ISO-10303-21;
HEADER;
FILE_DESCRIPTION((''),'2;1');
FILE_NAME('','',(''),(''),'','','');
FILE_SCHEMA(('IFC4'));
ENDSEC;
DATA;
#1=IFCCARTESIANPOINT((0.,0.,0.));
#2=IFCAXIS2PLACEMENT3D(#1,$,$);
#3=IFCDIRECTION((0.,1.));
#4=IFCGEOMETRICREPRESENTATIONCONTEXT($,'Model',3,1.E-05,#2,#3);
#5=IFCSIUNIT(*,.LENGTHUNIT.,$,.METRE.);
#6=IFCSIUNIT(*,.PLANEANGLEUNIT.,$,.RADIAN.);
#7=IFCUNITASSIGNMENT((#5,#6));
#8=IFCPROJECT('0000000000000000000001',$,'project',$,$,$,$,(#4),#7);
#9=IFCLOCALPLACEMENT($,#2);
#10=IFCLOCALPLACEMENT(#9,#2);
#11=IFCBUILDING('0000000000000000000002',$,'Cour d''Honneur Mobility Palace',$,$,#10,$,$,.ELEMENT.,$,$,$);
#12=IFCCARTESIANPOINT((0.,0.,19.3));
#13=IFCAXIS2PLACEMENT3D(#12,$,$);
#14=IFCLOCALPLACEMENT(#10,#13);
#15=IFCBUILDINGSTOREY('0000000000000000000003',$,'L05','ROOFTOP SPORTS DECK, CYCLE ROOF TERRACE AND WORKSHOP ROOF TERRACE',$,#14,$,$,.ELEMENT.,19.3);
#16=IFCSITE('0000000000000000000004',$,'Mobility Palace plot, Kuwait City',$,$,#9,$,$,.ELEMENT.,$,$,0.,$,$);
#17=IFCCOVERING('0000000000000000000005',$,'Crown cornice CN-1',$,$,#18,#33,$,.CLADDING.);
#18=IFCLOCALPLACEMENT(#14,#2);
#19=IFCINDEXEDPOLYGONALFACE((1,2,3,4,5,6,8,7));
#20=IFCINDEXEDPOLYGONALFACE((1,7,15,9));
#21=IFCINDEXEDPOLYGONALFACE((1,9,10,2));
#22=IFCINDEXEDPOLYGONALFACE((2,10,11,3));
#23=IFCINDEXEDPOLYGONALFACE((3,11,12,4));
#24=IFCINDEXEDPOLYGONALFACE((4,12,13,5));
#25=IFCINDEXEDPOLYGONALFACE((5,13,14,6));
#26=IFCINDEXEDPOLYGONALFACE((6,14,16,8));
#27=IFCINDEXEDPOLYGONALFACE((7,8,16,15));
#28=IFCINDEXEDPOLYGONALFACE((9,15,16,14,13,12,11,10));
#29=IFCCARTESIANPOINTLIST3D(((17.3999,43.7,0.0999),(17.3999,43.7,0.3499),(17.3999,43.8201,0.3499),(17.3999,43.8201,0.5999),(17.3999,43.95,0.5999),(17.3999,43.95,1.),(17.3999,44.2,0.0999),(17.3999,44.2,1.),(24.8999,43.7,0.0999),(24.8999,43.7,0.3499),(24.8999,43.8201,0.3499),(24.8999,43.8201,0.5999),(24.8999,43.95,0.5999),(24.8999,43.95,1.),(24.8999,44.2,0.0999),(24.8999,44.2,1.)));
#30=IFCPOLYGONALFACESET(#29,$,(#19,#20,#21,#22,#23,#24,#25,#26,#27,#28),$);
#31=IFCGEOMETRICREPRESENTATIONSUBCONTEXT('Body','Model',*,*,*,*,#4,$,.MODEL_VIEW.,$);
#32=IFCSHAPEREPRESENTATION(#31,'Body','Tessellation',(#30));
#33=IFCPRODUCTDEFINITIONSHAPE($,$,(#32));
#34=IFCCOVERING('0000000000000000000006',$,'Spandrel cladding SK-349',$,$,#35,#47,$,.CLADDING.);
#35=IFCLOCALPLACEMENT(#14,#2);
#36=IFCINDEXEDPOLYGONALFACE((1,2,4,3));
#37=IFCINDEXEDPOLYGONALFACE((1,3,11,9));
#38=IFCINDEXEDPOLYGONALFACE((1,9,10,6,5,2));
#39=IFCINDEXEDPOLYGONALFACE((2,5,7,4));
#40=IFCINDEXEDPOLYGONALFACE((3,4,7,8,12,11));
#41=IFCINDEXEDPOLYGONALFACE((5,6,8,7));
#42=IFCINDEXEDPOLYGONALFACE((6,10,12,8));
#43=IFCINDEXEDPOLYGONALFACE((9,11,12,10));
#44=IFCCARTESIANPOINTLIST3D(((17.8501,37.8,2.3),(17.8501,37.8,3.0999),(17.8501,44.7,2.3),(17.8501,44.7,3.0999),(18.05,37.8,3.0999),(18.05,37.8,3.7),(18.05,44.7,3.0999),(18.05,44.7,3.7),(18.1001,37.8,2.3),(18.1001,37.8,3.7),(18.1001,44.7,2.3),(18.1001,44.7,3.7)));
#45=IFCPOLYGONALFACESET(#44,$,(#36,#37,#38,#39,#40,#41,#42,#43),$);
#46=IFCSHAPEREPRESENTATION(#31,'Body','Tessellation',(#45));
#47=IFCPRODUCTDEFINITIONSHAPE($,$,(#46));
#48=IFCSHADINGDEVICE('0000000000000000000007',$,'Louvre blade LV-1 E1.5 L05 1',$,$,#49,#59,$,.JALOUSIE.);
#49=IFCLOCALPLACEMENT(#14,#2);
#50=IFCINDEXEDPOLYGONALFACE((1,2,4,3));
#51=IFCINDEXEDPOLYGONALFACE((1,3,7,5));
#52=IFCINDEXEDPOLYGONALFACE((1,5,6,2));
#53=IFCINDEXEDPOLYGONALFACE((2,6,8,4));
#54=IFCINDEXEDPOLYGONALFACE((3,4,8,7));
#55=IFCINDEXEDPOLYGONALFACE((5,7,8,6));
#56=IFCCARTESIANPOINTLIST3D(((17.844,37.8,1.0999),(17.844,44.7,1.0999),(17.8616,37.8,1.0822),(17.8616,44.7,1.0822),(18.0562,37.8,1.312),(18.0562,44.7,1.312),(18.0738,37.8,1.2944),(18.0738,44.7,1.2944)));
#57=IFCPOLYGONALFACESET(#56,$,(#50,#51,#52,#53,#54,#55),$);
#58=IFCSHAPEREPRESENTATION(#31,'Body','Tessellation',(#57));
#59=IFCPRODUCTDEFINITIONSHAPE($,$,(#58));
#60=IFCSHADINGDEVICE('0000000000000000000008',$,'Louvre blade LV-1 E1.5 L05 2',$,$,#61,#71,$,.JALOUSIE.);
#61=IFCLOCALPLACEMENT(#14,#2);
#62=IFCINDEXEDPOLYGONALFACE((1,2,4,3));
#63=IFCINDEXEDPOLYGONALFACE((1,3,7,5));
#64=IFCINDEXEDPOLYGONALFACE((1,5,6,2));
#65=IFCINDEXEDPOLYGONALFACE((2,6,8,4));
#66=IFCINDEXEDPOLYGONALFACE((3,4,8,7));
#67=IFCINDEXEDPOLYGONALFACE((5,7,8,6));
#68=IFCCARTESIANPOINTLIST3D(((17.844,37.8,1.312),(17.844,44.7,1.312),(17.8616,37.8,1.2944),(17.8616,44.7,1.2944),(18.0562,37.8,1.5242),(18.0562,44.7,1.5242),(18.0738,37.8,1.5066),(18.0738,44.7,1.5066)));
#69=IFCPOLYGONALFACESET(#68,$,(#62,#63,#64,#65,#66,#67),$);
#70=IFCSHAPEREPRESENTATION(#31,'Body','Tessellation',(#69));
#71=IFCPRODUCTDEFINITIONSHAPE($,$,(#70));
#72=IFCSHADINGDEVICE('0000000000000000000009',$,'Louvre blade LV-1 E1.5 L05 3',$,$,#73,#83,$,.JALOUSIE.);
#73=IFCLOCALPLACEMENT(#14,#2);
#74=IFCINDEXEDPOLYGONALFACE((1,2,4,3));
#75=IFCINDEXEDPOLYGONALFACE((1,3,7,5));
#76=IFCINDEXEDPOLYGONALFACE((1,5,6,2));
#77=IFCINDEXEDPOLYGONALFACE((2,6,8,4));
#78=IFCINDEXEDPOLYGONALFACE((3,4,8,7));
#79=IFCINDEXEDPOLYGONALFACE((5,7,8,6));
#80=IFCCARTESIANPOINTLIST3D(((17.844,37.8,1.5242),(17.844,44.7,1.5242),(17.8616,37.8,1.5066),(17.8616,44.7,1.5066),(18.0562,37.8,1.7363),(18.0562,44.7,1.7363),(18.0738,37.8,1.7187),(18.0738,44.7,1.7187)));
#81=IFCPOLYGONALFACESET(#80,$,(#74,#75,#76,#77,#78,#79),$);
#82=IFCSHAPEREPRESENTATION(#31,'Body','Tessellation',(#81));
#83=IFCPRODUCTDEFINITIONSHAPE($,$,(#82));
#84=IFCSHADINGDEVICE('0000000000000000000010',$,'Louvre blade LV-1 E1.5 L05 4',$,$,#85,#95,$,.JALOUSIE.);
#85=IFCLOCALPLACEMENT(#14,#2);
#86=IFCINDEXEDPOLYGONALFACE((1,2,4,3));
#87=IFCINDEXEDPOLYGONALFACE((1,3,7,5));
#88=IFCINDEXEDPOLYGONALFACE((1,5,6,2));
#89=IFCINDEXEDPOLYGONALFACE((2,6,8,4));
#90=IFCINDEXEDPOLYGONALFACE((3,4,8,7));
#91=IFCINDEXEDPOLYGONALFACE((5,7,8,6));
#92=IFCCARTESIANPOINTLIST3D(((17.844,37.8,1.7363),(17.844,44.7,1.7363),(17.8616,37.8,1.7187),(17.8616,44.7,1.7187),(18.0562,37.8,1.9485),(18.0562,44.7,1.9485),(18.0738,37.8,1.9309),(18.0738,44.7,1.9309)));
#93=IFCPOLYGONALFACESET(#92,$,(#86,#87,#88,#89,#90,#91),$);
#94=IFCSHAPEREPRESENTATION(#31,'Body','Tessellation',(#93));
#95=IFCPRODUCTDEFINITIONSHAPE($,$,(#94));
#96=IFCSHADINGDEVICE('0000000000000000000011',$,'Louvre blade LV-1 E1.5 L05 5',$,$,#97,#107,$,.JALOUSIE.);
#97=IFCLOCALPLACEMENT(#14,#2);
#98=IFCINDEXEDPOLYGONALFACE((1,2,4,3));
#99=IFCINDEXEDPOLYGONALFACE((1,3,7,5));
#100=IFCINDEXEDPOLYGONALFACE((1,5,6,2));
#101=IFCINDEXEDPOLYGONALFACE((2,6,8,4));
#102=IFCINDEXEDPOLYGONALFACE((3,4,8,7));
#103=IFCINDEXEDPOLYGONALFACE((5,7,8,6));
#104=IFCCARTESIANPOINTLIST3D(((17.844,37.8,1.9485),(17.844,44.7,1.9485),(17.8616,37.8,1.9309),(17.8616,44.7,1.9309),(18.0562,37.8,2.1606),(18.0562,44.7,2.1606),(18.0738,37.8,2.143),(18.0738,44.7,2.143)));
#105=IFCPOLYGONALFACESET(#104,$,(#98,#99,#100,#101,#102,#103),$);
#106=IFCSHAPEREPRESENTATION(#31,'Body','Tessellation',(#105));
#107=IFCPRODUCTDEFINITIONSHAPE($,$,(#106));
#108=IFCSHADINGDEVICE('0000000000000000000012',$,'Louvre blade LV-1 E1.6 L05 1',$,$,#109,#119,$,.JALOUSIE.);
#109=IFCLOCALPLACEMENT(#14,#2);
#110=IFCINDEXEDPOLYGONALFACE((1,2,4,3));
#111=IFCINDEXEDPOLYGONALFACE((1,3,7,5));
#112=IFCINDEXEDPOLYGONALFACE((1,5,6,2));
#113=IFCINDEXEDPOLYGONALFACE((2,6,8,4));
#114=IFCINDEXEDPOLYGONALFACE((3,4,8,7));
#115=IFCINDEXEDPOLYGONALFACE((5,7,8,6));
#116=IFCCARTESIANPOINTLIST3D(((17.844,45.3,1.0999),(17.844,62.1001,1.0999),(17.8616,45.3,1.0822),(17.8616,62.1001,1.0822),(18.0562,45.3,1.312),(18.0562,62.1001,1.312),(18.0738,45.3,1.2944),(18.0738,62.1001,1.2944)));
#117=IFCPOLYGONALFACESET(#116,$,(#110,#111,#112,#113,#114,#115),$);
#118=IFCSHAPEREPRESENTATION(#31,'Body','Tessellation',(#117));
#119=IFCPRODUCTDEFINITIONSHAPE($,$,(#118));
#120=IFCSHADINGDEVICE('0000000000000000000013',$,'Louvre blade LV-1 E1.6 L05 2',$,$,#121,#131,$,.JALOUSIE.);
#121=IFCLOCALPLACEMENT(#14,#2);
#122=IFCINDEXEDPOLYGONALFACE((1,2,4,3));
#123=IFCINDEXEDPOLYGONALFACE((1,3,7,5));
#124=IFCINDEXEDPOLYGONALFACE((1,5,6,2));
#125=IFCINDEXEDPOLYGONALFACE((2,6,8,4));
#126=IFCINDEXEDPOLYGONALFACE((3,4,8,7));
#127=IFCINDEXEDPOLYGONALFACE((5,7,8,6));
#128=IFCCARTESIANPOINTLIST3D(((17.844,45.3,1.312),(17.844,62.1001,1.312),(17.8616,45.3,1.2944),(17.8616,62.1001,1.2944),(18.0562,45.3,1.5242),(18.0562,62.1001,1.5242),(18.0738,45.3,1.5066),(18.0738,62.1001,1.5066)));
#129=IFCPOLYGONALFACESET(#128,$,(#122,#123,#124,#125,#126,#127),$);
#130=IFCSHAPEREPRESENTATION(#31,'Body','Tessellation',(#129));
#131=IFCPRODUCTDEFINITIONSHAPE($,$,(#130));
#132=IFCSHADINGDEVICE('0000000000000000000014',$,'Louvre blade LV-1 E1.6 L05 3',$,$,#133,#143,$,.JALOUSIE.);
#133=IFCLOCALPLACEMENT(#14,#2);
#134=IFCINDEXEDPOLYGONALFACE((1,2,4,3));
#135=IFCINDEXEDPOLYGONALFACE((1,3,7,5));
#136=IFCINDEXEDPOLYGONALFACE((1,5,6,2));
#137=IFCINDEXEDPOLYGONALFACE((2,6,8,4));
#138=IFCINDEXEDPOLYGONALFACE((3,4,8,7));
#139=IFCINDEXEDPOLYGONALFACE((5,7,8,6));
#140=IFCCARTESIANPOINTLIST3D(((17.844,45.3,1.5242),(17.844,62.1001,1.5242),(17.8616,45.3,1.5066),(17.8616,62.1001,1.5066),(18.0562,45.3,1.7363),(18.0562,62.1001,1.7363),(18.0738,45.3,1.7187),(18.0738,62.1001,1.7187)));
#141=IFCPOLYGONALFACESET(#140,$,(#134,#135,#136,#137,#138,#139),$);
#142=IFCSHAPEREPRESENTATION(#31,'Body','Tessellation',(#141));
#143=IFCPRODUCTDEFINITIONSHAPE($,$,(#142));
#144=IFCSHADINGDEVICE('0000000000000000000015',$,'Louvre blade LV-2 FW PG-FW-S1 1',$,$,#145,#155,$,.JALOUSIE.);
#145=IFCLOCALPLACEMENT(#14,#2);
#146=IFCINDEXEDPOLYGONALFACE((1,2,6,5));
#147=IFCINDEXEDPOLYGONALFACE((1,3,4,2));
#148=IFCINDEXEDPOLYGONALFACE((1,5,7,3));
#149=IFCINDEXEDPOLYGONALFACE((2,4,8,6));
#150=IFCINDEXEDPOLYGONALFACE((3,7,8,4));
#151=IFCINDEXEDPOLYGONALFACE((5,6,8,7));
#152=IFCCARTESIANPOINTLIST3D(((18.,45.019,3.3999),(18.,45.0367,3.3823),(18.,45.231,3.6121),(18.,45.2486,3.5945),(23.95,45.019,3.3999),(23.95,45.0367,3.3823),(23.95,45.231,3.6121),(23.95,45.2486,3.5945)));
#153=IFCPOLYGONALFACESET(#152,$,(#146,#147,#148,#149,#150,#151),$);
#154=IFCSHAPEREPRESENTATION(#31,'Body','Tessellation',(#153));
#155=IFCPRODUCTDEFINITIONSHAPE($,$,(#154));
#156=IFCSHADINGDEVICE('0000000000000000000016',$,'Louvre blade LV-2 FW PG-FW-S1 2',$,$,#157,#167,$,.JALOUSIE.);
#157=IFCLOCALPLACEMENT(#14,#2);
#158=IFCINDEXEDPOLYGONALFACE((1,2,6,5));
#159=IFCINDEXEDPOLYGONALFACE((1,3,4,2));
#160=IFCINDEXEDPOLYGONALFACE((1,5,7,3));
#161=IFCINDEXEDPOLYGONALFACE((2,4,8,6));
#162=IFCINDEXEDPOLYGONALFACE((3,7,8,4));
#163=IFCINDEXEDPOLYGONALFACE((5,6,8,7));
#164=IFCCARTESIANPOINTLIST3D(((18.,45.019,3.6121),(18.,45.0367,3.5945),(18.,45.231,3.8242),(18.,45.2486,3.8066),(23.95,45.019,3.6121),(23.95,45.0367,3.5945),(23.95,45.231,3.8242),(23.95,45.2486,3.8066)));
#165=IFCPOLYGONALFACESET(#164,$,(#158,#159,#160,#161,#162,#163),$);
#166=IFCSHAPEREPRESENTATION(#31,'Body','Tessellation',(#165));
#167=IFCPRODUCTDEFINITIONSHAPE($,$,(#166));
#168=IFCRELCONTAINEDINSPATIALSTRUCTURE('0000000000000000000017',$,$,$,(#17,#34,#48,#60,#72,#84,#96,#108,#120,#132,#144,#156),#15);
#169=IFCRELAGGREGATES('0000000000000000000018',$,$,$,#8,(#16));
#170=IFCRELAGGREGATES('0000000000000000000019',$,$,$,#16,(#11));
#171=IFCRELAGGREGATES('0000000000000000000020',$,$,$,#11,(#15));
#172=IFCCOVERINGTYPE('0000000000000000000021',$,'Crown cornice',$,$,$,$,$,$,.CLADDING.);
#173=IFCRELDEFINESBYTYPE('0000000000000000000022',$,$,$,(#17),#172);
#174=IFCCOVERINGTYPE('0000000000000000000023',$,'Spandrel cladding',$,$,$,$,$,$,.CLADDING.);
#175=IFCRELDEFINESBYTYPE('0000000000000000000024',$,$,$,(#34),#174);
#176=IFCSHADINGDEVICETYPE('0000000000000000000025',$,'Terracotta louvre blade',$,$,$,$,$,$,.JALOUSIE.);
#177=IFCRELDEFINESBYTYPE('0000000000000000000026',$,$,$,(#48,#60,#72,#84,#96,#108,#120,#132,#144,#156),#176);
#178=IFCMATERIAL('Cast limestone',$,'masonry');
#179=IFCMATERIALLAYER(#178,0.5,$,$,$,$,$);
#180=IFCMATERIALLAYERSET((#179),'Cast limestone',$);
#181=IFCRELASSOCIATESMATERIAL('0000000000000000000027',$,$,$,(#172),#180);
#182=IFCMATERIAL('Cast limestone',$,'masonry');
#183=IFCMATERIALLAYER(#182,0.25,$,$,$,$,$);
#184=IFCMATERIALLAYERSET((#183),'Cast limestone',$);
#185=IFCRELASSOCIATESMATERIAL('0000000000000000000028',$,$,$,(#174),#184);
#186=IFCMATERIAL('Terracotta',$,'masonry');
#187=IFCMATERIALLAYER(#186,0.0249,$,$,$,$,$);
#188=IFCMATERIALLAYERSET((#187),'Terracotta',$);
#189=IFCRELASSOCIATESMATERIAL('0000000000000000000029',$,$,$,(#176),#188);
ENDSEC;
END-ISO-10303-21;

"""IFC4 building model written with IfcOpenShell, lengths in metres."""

from ifc_helpers import new_model, si_unit, direction, frame, origin, place, context, subcontext, project, spatial, polyline, outline, extrude, material, layer, layer_set, type_object, element, save


model = new_model("IFC4")

# Units and contexts
model_context = context("Model", 3, precision=1e-05, world=origin(), true_north=direction((0.0, 1.0)))
body_context = subcontext(model_context, "Body", "Model", "MODEL_VIEW")
ifc_project = project(units=[si_unit("LENGTHUNIT", "METRE"), si_unit("PLANEANGLEUNIT", "RADIAN")], contexts=[model_context])

# Site, building, storey
site_placement = place(None, origin())
site = spatial("IfcSite", under=ifc_project, at=site_placement, Name="Mobility Palace plot, Kuwait City", CompositionType="ELEMENT", RefElevation=0.0)
building_placement = place(site_placement, origin())
building = spatial("IfcBuilding", under=site, at=building_placement, Name="Cour d'Honneur Mobility Palace", CompositionType="ELEMENT")
storey_placement = place(building_placement, frame((0.0, 0.0, 19.3)))
storey = spatial("IfcBuildingStorey", under=building, at=storey_placement, Name="L05", Description="ROOFTOP SPORTS DECK, CYCLE ROOF TERRACE AND WORKSHOP ROOF TERRACE", CompositionType="ELEMENT", Elevation=19.3)

# Coverings
ifc_material_1 = material(Name="Cast limestone", Category="masonry")
ifc_layer_1 = layer(ifc_material_1, 0.5)
ifc_layer_set_1 = layer_set([ifc_layer_1], Name="Cast limestone")
covering_type_1 = type_object("IfcCoveringType", Name="Crown cornice", PredefinedType="CLADDING", material=ifc_layer_set_1)
covering_1_placement = place(storey_placement, frame((17.3999, 44.2, 0.0999), z_axis=(-1.0, 0.0, 0.0), x_axis=(0.0, -1.0, 0.0)))
element("IfcCovering", 1, at=covering_1_placement, inside=storey, type_object=covering_type_1, Name="Crown cornice CN-1", PredefinedType="CLADDING", context=body_context, shape_type="SweptSolid", body=[
    extrude(outline(polyline([(0.0, 0.0), (0.5, 0.0), (0.5, 0.25), (0.3799, 0.25), (0.3799, 0.5), (0.25, 0.5), (0.25, 0.9001), (0.0, 0.9001), (0.0, 0.0)])), origin(), (0.0, 0.0, -1.0), 7.5),
])
ifc_material_2 = material(Name="Cast limestone", Category="masonry")
ifc_layer_2 = layer(ifc_material_2, 0.25)
ifc_layer_set_2 = layer_set([ifc_layer_2], Name="Cast limestone")
covering_type_2 = type_object("IfcCoveringType", Name="Spandrel cladding", PredefinedType="CLADDING", material=ifc_layer_set_2)
covering_2_placement = place(storey_placement, frame((17.8501, 37.8, 2.3), z_axis=(0.0, -1.0, 0.0), x_axis=(1.0, 0.0, 0.0)))
element("IfcCovering", 2, at=covering_2_placement, inside=storey, type_object=covering_type_2, Name="Spandrel cladding SK-349", PredefinedType="CLADDING", context=body_context, shape_type="SweptSolid", body=[
    extrude(outline(polyline([(0.0, 0.0), (0.25, 0.0), (0.25, 1.3999), (0.2, 1.3999), (0.2, 0.7998), (0.0, 0.7998), (0.0, 0.0)])), origin(), (0.0, 0.0, -1.0), 6.8999),
])

# Shading devices
ifc_material_3 = material(Name="Terracotta", Category="masonry")
ifc_layer_3 = layer(ifc_material_3, 0.0249)
ifc_layer_set_3 = layer_set([ifc_layer_3], Name="Terracotta")
shading_device_type = type_object("IfcShadingDeviceType", Name="Terracotta louvre blade", PredefinedType="JALOUSIE", material=ifc_layer_set_3)
for number, where, z_axis, x_axis, name in (
    (3, (17.844, 37.8, 1.0999), (-0.707107, 0.0, 0.707107), (0.0, 1.0, 0.0), "Louvre blade LV-1 E1.5 L05 1"),
    (4, (17.844, 37.8, 1.312), (-0.707107, 0.0, 0.707107), (0.0, 1.0, 0.0), "Louvre blade LV-1 E1.5 L05 2"),
    (5, (17.844, 37.8, 1.5242), (-0.707107, 0.0, 0.707107), (0.0, 1.0, 0.0), "Louvre blade LV-1 E1.5 L05 3"),
    (6, (17.844, 37.8, 1.7363), (-0.707107, 0.0, 0.707107), (0.0, 1.0, 0.0), "Louvre blade LV-1 E1.5 L05 4"),
    (7, (17.844, 37.8, 1.9485), (-0.707107, 0.0, 0.707107), (0.0, 1.0, 0.0), "Louvre blade LV-1 E1.5 L05 5"),
):
    element("IfcShadingDevice", number, at=place(storey_placement, frame(where, z_axis=z_axis, x_axis=x_axis)), inside=storey, type_object=shading_device_type, Name=name, PredefinedType="JALOUSIE", context=body_context, shape_type="SweptSolid", body=[
        extrude(outline(polyline([(0.0, 0.0), (6.8999, 0.0), (6.8999, -0.3), (0.0, -0.3), (0.0, 0.0)])), origin(), (0.0, 0.0, -1.0), 0.0249),
    ])
for number, where, z_axis, x_axis, name in (
    (8, (17.844, 45.3, 1.0999), (-0.707107, 0.0, 0.707107), (0.0, 1.0, 0.0), "Louvre blade LV-1 E1.6 L05 1"),
    (9, (17.844, 45.3, 1.312), (-0.707107, 0.0, 0.707107), (0.0, 1.0, 0.0), "Louvre blade LV-1 E1.6 L05 2"),
    (10, (17.844, 45.3, 1.5242), (-0.707107, 0.0, 0.707107), (0.0, 1.0, 0.0), "Louvre blade LV-1 E1.6 L05 3"),
):
    element("IfcShadingDevice", number, at=place(storey_placement, frame(where, z_axis=z_axis, x_axis=x_axis)), inside=storey, type_object=shading_device_type, Name=name, PredefinedType="JALOUSIE", context=body_context, shape_type="SweptSolid", body=[
        extrude(outline(polyline([(0.0, 0.0), (16.8, 0.0), (16.8, -0.3), (0.0, -0.3), (0.0, 0.0)])), origin(), (0.0, 0.0, -1.0), 0.0249),
    ])
for number, where, z_axis, x_axis, name in (
    (11, (18.0, 45.019, 3.3999), (0.0, -0.707514, 0.7067), (1.0, 0.0, 0.0), "Louvre blade LV-2 FW PG-FW-S1 1"),
    (12, (18.0, 45.019, 3.6121), (0.0, -0.707514, 0.7067), (1.0, 0.0, 0.0), "Louvre blade LV-2 FW PG-FW-S1 2"),
):
    element("IfcShadingDevice", number, at=place(storey_placement, frame(where, z_axis=z_axis, x_axis=x_axis)), inside=storey, type_object=shading_device_type, Name=name, PredefinedType="JALOUSIE", context=body_context, shape_type="SweptSolid", body=[
        extrude(outline(polyline([(0.0, 0.0), (5.95, 0.0), (5.95, 0.2999), (0.0, 0.2999), (0.0, 0.0)])), origin(), (0.0, 0.0, -1.0), 0.0249),
    ])

save(model, "model.ifc")
